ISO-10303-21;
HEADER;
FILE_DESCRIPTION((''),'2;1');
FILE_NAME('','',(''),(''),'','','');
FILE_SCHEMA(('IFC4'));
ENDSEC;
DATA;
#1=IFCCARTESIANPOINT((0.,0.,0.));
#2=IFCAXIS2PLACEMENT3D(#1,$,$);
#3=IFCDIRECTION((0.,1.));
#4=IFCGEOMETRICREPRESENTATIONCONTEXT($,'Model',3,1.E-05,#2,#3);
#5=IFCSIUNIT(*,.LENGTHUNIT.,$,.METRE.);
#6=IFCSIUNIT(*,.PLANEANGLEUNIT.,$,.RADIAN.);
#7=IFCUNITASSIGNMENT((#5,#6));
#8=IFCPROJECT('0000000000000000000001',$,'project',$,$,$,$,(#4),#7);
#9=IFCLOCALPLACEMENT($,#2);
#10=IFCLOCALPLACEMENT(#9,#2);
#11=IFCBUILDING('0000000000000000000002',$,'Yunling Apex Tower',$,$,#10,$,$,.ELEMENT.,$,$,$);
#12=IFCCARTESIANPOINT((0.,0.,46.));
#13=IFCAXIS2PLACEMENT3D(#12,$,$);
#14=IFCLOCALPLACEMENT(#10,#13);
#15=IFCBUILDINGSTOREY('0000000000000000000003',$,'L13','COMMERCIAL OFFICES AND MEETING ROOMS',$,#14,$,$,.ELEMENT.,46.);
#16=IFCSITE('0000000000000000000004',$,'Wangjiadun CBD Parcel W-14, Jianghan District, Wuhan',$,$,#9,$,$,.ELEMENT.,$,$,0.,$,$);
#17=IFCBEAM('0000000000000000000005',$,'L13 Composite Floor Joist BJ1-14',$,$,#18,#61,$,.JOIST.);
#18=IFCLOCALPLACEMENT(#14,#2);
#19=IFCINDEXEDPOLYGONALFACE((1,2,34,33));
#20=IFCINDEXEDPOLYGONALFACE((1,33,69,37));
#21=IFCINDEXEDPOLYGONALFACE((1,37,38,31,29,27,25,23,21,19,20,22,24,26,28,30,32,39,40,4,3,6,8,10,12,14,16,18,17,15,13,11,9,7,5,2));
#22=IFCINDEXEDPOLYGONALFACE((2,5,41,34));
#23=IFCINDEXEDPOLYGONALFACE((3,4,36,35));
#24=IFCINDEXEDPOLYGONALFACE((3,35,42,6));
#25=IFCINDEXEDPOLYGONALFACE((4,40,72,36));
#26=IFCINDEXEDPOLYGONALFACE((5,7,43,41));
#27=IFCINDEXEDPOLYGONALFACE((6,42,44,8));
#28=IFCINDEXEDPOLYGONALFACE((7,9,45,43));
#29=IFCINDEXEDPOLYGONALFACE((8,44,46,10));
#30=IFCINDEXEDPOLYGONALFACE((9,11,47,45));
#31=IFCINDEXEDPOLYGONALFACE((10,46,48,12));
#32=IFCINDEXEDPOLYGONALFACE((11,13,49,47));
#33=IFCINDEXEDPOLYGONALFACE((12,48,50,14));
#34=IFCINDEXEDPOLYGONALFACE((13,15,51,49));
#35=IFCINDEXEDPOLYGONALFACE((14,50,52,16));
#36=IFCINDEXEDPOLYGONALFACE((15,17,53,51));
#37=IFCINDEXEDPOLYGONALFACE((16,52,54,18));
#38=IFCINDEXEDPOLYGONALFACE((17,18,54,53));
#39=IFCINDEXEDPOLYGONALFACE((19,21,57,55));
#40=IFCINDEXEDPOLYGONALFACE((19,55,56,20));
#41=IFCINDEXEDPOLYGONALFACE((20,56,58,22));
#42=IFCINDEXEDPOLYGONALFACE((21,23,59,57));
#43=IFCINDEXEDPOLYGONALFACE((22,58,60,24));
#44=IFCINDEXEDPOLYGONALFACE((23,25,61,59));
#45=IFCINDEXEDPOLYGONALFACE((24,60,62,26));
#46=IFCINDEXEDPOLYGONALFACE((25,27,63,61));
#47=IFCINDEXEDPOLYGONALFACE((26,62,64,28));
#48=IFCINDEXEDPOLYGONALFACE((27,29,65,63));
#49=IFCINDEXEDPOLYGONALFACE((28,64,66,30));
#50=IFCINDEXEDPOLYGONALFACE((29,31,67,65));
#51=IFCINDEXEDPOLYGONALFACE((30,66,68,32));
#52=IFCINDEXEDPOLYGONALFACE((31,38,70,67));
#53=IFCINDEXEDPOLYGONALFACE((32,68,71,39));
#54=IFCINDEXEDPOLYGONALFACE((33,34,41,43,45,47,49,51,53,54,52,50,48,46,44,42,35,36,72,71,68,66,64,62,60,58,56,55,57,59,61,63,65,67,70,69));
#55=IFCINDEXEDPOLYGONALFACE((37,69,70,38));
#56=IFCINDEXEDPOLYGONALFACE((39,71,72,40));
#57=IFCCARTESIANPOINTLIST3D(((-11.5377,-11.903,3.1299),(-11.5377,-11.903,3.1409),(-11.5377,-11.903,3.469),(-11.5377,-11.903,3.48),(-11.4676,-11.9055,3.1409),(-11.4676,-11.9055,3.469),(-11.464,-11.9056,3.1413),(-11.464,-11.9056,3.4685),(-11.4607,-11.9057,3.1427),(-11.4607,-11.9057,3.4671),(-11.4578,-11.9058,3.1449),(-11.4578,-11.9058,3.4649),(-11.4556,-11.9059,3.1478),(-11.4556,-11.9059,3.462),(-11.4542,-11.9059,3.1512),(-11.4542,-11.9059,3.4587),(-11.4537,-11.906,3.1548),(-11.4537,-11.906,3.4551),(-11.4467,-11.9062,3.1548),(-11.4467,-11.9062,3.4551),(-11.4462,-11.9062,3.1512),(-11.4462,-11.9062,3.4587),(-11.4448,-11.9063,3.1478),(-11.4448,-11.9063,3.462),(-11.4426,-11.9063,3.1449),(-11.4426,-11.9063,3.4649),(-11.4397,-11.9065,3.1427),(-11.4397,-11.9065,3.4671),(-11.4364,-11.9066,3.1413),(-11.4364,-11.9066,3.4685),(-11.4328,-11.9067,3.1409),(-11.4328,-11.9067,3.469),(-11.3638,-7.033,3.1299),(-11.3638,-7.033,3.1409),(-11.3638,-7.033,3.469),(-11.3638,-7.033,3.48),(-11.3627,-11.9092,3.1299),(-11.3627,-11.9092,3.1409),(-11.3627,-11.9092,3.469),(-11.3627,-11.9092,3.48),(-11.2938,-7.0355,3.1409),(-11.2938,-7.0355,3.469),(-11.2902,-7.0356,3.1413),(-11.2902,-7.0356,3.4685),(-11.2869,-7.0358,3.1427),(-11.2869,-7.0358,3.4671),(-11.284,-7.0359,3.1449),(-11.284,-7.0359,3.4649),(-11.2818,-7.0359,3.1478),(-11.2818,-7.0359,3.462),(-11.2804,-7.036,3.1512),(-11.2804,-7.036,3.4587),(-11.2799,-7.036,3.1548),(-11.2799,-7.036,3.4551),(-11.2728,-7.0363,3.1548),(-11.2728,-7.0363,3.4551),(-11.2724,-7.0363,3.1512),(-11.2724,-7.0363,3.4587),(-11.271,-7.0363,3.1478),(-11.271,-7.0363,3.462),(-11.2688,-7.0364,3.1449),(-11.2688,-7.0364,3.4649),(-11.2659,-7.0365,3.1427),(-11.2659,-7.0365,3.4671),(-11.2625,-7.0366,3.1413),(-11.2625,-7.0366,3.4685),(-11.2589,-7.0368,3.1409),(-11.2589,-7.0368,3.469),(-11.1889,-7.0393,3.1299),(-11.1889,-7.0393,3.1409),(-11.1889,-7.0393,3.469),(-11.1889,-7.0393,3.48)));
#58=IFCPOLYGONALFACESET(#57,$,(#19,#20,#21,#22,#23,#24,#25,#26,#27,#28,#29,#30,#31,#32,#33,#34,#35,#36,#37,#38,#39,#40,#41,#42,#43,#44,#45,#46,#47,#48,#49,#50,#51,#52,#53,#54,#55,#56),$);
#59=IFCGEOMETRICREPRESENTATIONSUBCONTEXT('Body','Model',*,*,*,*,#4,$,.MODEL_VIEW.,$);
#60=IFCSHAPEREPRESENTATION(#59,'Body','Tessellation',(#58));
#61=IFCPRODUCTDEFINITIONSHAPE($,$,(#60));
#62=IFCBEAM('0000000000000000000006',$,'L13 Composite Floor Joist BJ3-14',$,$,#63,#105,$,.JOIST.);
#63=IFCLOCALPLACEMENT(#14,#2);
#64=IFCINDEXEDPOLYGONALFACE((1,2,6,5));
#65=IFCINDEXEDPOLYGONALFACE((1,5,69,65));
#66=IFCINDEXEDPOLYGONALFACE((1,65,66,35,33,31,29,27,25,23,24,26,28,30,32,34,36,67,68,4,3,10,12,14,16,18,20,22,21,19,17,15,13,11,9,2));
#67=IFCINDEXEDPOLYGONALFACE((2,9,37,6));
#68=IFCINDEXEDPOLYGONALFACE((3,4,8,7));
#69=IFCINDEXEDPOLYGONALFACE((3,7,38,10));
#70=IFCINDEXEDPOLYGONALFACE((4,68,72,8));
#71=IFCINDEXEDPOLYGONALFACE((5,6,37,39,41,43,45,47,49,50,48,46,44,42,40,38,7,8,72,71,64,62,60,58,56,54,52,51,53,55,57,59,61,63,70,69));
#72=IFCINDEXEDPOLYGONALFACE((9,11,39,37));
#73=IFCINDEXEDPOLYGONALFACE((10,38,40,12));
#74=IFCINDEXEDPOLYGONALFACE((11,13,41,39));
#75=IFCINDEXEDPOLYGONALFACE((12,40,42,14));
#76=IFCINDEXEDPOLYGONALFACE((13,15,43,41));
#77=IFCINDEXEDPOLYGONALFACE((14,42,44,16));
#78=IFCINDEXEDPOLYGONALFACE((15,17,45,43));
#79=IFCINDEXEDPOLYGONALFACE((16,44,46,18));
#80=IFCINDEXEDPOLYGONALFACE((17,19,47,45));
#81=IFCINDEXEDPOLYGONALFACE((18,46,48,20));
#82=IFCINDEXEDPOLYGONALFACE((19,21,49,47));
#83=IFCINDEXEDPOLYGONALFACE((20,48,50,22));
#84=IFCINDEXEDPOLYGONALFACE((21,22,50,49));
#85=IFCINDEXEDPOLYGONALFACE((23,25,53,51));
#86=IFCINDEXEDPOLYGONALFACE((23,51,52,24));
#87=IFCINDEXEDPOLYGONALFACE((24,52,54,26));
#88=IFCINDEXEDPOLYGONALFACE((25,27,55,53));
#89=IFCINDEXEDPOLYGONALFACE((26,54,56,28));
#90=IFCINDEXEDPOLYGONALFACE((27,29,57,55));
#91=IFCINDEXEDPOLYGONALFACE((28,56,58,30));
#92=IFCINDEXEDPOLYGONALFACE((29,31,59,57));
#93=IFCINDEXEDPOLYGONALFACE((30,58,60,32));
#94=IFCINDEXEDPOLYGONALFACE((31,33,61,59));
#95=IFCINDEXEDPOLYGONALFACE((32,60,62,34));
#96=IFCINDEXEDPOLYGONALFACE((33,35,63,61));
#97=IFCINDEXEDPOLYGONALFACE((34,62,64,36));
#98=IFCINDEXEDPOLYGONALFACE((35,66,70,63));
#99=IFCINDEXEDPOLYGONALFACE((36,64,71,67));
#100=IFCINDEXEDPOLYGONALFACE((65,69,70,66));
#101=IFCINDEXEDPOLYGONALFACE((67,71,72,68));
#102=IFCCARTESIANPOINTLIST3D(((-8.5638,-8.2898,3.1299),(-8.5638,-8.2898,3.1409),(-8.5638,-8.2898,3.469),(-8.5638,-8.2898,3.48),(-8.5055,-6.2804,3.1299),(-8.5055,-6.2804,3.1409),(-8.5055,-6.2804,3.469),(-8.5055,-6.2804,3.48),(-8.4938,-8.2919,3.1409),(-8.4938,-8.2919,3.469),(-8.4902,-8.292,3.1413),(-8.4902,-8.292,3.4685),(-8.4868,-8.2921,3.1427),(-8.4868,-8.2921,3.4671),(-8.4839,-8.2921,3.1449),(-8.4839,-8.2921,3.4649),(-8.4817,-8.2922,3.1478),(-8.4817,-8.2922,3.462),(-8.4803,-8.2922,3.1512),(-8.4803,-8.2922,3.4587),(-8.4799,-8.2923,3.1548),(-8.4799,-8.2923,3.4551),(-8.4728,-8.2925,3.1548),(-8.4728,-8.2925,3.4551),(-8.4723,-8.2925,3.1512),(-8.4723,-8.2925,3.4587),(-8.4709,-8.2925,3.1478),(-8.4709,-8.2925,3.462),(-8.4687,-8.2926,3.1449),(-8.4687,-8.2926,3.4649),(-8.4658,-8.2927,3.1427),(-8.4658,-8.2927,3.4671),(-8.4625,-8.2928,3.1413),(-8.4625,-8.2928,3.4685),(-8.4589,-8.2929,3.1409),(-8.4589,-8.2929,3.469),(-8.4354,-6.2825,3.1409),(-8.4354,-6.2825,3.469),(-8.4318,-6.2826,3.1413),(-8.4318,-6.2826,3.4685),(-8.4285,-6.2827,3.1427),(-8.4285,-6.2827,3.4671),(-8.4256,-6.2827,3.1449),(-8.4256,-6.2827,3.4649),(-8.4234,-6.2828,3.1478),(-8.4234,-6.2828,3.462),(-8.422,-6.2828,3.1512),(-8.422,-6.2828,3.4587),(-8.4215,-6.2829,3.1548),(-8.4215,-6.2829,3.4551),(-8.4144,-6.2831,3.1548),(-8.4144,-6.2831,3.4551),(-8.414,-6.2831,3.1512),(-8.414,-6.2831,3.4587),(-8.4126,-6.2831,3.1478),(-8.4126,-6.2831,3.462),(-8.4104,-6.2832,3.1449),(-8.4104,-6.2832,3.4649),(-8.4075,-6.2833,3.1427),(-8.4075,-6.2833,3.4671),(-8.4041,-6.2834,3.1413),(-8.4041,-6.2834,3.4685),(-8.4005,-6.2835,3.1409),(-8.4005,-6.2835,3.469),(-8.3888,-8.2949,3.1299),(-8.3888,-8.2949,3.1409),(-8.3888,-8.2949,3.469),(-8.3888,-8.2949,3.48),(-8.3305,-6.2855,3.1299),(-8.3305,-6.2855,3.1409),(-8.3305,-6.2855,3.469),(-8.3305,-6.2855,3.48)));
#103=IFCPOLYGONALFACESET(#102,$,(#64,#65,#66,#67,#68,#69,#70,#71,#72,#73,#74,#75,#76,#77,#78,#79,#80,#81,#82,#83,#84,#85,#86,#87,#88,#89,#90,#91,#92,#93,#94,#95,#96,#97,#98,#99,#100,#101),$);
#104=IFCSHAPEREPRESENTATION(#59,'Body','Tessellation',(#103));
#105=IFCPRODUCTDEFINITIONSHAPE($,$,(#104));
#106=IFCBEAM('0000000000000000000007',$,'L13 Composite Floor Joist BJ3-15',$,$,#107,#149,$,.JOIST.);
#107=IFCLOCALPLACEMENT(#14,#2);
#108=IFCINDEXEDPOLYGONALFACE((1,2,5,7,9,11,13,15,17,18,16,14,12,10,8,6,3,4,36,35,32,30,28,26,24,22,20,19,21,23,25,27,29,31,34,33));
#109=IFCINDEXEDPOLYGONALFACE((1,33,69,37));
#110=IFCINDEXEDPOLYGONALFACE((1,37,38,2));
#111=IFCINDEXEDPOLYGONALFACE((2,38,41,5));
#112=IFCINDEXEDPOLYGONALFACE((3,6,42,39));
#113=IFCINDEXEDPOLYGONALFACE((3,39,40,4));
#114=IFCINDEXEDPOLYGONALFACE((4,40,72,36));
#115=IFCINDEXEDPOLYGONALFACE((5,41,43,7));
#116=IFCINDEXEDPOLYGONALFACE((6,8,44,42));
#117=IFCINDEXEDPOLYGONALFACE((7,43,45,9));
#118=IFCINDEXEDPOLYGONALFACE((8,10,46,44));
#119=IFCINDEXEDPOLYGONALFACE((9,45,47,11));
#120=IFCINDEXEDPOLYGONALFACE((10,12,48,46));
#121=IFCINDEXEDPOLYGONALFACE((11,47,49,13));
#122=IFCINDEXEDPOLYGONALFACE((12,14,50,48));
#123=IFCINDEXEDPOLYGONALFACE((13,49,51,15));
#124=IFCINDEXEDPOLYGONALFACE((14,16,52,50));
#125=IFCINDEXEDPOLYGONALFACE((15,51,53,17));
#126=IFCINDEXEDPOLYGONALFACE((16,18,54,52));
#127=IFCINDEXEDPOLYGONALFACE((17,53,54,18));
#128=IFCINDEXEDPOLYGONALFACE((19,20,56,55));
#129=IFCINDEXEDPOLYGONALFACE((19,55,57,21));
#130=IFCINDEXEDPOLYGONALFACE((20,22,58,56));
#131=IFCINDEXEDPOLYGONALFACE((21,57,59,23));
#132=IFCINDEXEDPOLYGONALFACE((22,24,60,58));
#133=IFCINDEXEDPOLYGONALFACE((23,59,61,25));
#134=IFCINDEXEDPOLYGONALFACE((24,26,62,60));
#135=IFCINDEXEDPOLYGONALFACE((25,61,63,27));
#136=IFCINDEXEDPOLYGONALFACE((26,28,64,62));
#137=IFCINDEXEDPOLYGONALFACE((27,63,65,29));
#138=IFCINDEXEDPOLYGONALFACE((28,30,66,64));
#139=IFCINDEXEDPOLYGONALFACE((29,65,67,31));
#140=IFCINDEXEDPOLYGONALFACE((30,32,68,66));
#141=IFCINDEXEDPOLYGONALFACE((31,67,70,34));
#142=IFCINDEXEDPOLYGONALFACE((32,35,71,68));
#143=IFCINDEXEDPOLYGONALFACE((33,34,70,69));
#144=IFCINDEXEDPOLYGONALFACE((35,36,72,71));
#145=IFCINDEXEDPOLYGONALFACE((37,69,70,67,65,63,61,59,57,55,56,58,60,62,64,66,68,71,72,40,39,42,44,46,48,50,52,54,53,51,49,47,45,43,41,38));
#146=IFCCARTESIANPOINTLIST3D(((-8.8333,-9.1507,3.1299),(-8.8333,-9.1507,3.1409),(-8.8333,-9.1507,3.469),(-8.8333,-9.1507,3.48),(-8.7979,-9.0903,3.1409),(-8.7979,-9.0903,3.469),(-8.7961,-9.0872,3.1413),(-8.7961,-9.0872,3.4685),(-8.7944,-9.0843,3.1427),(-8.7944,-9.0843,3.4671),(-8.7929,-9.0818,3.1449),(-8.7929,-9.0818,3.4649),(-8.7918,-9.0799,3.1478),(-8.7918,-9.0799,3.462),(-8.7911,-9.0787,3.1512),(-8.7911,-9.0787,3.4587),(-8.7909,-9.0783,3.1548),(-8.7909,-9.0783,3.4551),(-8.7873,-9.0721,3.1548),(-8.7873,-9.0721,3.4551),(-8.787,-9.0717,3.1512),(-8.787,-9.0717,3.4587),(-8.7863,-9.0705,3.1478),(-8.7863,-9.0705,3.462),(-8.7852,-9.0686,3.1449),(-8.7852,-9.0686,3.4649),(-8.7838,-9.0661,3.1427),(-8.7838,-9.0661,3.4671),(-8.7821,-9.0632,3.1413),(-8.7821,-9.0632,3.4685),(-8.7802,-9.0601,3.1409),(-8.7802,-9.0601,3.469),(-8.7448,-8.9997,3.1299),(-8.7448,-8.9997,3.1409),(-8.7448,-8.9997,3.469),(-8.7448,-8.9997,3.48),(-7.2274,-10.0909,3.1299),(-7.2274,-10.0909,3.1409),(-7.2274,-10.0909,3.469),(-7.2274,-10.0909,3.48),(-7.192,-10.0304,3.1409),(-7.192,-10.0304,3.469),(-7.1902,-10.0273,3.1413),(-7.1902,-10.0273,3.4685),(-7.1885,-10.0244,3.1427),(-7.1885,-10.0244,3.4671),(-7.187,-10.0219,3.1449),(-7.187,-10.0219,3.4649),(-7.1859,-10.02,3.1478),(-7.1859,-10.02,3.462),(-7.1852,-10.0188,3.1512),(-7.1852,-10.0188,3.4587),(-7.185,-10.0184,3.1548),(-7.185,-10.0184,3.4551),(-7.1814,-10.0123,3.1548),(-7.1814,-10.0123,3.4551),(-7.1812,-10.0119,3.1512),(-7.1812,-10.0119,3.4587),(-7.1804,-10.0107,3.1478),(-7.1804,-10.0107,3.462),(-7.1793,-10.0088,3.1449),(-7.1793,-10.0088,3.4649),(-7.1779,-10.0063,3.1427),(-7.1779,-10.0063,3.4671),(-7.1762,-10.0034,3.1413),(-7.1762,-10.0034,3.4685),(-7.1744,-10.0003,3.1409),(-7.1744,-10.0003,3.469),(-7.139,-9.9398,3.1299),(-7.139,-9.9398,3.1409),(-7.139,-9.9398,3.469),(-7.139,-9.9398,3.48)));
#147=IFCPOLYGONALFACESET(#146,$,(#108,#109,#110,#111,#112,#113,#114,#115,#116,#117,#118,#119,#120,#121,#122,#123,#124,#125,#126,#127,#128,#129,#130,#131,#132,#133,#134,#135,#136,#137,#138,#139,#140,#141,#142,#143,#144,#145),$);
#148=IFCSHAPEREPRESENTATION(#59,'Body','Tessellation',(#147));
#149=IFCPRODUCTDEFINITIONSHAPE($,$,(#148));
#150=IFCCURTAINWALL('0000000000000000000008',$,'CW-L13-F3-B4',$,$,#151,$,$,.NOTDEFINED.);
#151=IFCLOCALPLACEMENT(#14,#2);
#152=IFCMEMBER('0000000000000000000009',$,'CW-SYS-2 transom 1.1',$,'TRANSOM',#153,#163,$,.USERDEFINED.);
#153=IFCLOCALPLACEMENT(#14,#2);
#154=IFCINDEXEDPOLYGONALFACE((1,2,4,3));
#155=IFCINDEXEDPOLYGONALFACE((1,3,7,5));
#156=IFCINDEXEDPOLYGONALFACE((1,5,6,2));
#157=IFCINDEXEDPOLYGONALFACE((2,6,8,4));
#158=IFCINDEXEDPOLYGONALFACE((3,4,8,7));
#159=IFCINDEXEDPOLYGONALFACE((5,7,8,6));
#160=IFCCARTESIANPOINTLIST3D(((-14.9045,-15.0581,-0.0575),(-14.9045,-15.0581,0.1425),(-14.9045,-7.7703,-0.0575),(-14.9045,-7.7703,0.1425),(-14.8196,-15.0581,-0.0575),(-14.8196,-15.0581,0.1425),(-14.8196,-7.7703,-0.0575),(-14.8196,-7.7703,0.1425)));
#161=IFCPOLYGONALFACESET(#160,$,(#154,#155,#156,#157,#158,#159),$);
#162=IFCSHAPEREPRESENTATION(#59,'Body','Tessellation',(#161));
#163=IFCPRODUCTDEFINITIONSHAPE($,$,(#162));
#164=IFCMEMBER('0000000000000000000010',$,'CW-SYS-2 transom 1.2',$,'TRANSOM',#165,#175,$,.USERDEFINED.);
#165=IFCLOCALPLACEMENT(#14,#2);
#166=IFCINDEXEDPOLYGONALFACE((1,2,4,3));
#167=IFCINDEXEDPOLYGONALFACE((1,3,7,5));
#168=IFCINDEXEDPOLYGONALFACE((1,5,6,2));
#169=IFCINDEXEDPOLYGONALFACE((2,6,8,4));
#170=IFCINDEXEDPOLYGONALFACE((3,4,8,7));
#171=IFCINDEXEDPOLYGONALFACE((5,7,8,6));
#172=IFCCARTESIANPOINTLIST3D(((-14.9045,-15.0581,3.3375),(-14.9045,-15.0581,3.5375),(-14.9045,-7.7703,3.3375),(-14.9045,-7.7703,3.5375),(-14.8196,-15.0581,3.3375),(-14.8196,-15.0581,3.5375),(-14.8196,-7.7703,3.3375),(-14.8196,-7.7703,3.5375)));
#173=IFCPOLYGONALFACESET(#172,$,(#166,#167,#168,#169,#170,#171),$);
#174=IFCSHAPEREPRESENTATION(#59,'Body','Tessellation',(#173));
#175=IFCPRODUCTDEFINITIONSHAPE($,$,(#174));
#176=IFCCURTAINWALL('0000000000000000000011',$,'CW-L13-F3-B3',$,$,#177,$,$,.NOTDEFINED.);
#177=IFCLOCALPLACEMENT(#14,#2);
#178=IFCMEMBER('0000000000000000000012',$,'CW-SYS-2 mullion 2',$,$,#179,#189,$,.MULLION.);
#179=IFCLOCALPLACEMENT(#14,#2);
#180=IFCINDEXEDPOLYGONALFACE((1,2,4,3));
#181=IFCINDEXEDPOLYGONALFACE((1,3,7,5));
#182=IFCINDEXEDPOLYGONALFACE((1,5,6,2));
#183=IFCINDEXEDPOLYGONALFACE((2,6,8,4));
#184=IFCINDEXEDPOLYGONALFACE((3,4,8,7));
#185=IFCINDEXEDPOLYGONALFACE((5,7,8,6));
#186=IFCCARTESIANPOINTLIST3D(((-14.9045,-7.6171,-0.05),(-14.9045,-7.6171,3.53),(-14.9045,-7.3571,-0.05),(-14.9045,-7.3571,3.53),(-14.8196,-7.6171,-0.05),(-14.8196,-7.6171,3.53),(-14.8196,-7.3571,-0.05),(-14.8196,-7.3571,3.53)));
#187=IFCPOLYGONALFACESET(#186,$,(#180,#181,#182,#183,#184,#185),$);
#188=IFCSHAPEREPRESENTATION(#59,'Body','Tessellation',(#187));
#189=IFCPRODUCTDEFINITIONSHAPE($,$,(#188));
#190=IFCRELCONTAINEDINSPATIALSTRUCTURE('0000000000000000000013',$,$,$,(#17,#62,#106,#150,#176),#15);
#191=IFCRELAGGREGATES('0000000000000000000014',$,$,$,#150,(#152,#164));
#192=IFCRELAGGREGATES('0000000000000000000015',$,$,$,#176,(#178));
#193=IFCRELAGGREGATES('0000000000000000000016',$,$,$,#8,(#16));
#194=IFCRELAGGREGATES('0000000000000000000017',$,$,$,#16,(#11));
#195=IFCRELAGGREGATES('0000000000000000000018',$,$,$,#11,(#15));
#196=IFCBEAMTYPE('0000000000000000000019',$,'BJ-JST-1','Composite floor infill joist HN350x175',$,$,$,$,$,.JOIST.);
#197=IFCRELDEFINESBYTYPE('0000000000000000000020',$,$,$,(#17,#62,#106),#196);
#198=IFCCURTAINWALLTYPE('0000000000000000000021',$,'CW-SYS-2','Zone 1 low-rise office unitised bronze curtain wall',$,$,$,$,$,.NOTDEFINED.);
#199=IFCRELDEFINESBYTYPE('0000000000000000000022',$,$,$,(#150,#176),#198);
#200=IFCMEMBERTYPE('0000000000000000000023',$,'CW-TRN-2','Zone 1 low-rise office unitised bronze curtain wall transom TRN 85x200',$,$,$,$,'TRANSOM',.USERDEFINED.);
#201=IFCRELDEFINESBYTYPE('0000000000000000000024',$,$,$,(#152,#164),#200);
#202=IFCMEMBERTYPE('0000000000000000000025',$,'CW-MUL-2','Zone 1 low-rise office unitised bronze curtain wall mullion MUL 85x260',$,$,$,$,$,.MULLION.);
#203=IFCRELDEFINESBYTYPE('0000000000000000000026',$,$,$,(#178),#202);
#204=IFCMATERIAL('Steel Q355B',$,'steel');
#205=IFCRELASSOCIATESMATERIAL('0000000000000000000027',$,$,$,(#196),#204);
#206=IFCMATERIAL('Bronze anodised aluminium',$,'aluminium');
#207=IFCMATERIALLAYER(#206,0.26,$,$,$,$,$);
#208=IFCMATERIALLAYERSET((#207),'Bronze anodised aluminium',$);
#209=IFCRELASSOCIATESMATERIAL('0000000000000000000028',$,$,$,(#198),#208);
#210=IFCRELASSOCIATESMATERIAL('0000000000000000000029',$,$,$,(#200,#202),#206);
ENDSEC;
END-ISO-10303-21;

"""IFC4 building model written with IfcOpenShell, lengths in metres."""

from ifc_helpers import new_model, si_unit, direction, frame, origin, origin_2d, place, context, subcontext, project, spatial, rectangle, i_section, extrude, source, transform, mapped, material, layer, layer_set, material_profile, profile_set, type_object, element, aggregate, save


model = new_model("IFC4")

# Units and contexts
model_context = context("Model", 3, precision=1e-05, world=origin(), true_north=direction((0.0, 1.0)))
body_context = subcontext(model_context, "Body", "Model", "MODEL_VIEW")
ifc_project = project(units=[si_unit("LENGTHUNIT", "METRE"), si_unit("PLANEANGLEUNIT", "RADIAN")], contexts=[model_context])

# Site, building, storey
site_placement = place(None, origin())
site = spatial("IfcSite", under=ifc_project, at=site_placement, Name="Wangjiadun CBD Parcel W-14, Jianghan District, Wuhan", CompositionType="ELEMENT", RefElevation=0.0)
building_placement = place(site_placement, origin())
building = spatial("IfcBuilding", under=site, at=building_placement, Name="Yunling Apex Tower", CompositionType="ELEMENT")
storey_placement = place(building_placement, frame((0.0, 0.0, 46.0)))
storey = spatial("IfcBuildingStorey", under=building, at=storey_placement, Name="L13", Description="COMMERCIAL OFFICES AND MEETING ROOMS", CompositionType="ELEMENT", Elevation=46.0)

# Beams
ifc_material_1 = material(Name="Steel Q355B", Category="steel")
ifc_material_profile_1 = material_profile(ifc_material_1, i_section(OverallWidth=0.175, OverallDepth=0.3501, WebThickness=0.0071, FlangeThickness=0.011, FilletRadius=0.0139, at=origin_2d()))
ifc_profile_set_1 = profile_set([ifc_material_profile_1], Name="Steel Q355B")
beam_type_1 = type_object("IfcBeamType", Name="BJ-JST-1", Description="Composite floor infill joist HN350x175", PredefinedType="JOIST", material=ifc_profile_set_1)
shared_shape_1 = source(origin(), body_context, "Body", "SweptSolid", [
    extrude(i_section(OverallWidth=0.175, OverallDepth=0.3501, WebThickness=0.0071, FlangeThickness=0.011, FilletRadius=0.0139, at=origin_2d()), origin(), (0.0, 0.0, 1.0), 4.873),
])
beam_1_placement = place(storey_placement, frame((-11.2764, -7.0361, 3.3049), z_axis=(-0.035672, -0.999364, 0.0), x_axis=(0.999364, -0.035672, 0.0)))
element("IfcBeam", 1, at=beam_1_placement, inside=storey, type_object=beam_type_1, Name="L13 Composite Floor Joist BJ1-14", PredefinedType="JOIST", context=body_context, shape_type="MappedRepresentation", body=[
    mapped(shared_shape_1, transform((0.0, 0.0, 0.0), scale=1.0)),
])
shared_shape_2 = source(origin(), body_context, "Body", "SweptSolid", [
    extrude(i_section(OverallWidth=0.175, OverallDepth=0.3501, WebThickness=0.0071, FlangeThickness=0.011, FilletRadius=0.0139, at=origin_2d()), origin(), (0.0, 0.0, 1.0), 2.0103),
])
beam_2_placement = place(storey_placement, frame((-8.418, -6.283, 3.3049), z_axis=(-0.029024, -0.999579, 0.0), x_axis=(0.999579, -0.029024, 0.0)))
element("IfcBeam", 2, at=beam_2_placement, inside=storey, type_object=beam_type_1, Name="L13 Composite Floor Joist BJ3-14", PredefinedType="JOIST", context=body_context, shape_type="MappedRepresentation", body=[
    mapped(shared_shape_2, transform((0.0, 0.0, 0.0), scale=1.0)),
])
shared_shape_3 = source(origin(), body_context, "Body", "SweptSolid", [
    extrude(i_section(OverallWidth=0.175, OverallDepth=0.3501, WebThickness=0.0071, FlangeThickness=0.011, FilletRadius=0.0139, at=origin_2d()), origin(), (0.0, 0.0, 1.0), 1.8608),
])
beam_3_placement = place(storey_placement, frame((-8.7891, -9.0752, 3.3049), z_axis=(0.862988, -0.505224, 0.0), x_axis=(0.505224, 0.862988, 0.0)))
element("IfcBeam", 3, at=beam_3_placement, inside=storey, type_object=beam_type_1, Name="L13 Composite Floor Joist BJ3-15", PredefinedType="JOIST", context=body_context, shape_type="MappedRepresentation", body=[
    mapped(shared_shape_3, transform((0.0, 0.0, 0.0), scale=1.0)),
])

# Curtain wall, members
ifc_material_2 = material(Name="Bronze anodised aluminium", Category="aluminium")
ifc_layer_1 = layer(ifc_material_2, 0.26)
ifc_layer_set_1 = layer_set([ifc_layer_1], Name="Bronze anodised aluminium")
curtain_wall_type = type_object("IfcCurtainWallType", Name="CW-SYS-2", Description="Zone 1 low-rise office unitised bronze curtain wall", PredefinedType="NOTDEFINED", material=ifc_layer_set_1)
curtain_wall_1_placement = place(storey_placement, origin())
curtain_wall_1 = element("IfcCurtainWall", 4, at=curtain_wall_1_placement, inside=storey, type_object=curtain_wall_type, Name="CW-L13-F3-B4", PredefinedType="NOTDEFINED")
ifc_material_profile_2 = material_profile(ifc_material_2, rectangle(XDim=0.085, YDim=0.2, at=origin_2d()))
ifc_profile_set_2 = profile_set([ifc_material_profile_2], Name="Bronze anodised aluminium")
member_type_1 = type_object("IfcMemberType", Name="CW-TRN-2", Description="Zone 1 low-rise office unitised bronze curtain wall transom TRN 85x200", ElementType="TRANSOM", PredefinedType="USERDEFINED", material=ifc_profile_set_2)
shared_shape_4 = source(origin(), body_context, "Body", "SweptSolid", [
    extrude(rectangle(XDim=0.085, YDim=0.2, at=origin_2d()), origin(), (0.0, 0.0, 1.0), 7.2878),
])
member_1_placement = place(storey_placement, frame((-14.8621, -7.7703, 0.0425), z_axis=(0.0, -1.0, 0.0), x_axis=(1.0, 0.0, 0.0)))
member_1 = element("IfcMember", 5, at=member_1_placement, type_object=member_type_1, Name="CW-SYS-2 transom 1.1", ObjectType="TRANSOM", PredefinedType="USERDEFINED", context=body_context, shape_type="MappedRepresentation", body=[
    mapped(shared_shape_4, transform((0.0, 0.0, 0.0), scale=1.0)),
])
member_2_placement = place(storey_placement, frame((-14.8621, -7.7703, 3.4375), z_axis=(0.0, -1.0, 0.0), x_axis=(1.0, 0.0, 0.0)))
member_2 = element("IfcMember", 6, at=member_2_placement, type_object=member_type_1, Name="CW-SYS-2 transom 1.2", ObjectType="TRANSOM", PredefinedType="USERDEFINED", context=body_context, shape_type="MappedRepresentation", body=[
    mapped(shared_shape_4, transform((0.0, 0.0, 0.0), scale=1.0)),
])

# Curtain wall, member
curtain_wall_2_placement = place(storey_placement, origin())
curtain_wall_2 = element("IfcCurtainWall", 7, at=curtain_wall_2_placement, inside=storey, type_object=curtain_wall_type, Name="CW-L13-F3-B3", PredefinedType="NOTDEFINED")
ifc_material_profile_3 = material_profile(ifc_material_2, rectangle(XDim=0.085, YDim=0.26, at=origin_2d()))
ifc_profile_set_3 = profile_set([ifc_material_profile_3], Name="Bronze anodised aluminium")
member_type_2 = type_object("IfcMemberType", Name="CW-MUL-2", Description="Zone 1 low-rise office unitised bronze curtain wall mullion MUL 85x260", PredefinedType="MULLION", material=ifc_profile_set_3)
shared_shape_5 = source(origin(), body_context, "Body", "SweptSolid", [
    extrude(rectangle(XDim=0.085, YDim=0.26, at=origin_2d()), origin(), (0.0, 0.0, 1.0), 3.5801),
])
member_3_placement = place(storey_placement, frame((-14.8621, -7.4871, -0.05), z_axis=(0.0, 0.0, 1.0), x_axis=(1.0, 0.0, 0.0)))
member_3 = element("IfcMember", 8, at=member_3_placement, type_object=member_type_2, Name="CW-SYS-2 mullion 2", PredefinedType="MULLION", context=body_context, shape_type="MappedRepresentation", body=[
    mapped(shared_shape_5, transform((0.0, 0.0, 0.0), scale=1.0)),
])

aggregate(curtain_wall_1, [member_1, member_2])

aggregate(curtain_wall_2, [member_3])

save(model, "model.ifc")
